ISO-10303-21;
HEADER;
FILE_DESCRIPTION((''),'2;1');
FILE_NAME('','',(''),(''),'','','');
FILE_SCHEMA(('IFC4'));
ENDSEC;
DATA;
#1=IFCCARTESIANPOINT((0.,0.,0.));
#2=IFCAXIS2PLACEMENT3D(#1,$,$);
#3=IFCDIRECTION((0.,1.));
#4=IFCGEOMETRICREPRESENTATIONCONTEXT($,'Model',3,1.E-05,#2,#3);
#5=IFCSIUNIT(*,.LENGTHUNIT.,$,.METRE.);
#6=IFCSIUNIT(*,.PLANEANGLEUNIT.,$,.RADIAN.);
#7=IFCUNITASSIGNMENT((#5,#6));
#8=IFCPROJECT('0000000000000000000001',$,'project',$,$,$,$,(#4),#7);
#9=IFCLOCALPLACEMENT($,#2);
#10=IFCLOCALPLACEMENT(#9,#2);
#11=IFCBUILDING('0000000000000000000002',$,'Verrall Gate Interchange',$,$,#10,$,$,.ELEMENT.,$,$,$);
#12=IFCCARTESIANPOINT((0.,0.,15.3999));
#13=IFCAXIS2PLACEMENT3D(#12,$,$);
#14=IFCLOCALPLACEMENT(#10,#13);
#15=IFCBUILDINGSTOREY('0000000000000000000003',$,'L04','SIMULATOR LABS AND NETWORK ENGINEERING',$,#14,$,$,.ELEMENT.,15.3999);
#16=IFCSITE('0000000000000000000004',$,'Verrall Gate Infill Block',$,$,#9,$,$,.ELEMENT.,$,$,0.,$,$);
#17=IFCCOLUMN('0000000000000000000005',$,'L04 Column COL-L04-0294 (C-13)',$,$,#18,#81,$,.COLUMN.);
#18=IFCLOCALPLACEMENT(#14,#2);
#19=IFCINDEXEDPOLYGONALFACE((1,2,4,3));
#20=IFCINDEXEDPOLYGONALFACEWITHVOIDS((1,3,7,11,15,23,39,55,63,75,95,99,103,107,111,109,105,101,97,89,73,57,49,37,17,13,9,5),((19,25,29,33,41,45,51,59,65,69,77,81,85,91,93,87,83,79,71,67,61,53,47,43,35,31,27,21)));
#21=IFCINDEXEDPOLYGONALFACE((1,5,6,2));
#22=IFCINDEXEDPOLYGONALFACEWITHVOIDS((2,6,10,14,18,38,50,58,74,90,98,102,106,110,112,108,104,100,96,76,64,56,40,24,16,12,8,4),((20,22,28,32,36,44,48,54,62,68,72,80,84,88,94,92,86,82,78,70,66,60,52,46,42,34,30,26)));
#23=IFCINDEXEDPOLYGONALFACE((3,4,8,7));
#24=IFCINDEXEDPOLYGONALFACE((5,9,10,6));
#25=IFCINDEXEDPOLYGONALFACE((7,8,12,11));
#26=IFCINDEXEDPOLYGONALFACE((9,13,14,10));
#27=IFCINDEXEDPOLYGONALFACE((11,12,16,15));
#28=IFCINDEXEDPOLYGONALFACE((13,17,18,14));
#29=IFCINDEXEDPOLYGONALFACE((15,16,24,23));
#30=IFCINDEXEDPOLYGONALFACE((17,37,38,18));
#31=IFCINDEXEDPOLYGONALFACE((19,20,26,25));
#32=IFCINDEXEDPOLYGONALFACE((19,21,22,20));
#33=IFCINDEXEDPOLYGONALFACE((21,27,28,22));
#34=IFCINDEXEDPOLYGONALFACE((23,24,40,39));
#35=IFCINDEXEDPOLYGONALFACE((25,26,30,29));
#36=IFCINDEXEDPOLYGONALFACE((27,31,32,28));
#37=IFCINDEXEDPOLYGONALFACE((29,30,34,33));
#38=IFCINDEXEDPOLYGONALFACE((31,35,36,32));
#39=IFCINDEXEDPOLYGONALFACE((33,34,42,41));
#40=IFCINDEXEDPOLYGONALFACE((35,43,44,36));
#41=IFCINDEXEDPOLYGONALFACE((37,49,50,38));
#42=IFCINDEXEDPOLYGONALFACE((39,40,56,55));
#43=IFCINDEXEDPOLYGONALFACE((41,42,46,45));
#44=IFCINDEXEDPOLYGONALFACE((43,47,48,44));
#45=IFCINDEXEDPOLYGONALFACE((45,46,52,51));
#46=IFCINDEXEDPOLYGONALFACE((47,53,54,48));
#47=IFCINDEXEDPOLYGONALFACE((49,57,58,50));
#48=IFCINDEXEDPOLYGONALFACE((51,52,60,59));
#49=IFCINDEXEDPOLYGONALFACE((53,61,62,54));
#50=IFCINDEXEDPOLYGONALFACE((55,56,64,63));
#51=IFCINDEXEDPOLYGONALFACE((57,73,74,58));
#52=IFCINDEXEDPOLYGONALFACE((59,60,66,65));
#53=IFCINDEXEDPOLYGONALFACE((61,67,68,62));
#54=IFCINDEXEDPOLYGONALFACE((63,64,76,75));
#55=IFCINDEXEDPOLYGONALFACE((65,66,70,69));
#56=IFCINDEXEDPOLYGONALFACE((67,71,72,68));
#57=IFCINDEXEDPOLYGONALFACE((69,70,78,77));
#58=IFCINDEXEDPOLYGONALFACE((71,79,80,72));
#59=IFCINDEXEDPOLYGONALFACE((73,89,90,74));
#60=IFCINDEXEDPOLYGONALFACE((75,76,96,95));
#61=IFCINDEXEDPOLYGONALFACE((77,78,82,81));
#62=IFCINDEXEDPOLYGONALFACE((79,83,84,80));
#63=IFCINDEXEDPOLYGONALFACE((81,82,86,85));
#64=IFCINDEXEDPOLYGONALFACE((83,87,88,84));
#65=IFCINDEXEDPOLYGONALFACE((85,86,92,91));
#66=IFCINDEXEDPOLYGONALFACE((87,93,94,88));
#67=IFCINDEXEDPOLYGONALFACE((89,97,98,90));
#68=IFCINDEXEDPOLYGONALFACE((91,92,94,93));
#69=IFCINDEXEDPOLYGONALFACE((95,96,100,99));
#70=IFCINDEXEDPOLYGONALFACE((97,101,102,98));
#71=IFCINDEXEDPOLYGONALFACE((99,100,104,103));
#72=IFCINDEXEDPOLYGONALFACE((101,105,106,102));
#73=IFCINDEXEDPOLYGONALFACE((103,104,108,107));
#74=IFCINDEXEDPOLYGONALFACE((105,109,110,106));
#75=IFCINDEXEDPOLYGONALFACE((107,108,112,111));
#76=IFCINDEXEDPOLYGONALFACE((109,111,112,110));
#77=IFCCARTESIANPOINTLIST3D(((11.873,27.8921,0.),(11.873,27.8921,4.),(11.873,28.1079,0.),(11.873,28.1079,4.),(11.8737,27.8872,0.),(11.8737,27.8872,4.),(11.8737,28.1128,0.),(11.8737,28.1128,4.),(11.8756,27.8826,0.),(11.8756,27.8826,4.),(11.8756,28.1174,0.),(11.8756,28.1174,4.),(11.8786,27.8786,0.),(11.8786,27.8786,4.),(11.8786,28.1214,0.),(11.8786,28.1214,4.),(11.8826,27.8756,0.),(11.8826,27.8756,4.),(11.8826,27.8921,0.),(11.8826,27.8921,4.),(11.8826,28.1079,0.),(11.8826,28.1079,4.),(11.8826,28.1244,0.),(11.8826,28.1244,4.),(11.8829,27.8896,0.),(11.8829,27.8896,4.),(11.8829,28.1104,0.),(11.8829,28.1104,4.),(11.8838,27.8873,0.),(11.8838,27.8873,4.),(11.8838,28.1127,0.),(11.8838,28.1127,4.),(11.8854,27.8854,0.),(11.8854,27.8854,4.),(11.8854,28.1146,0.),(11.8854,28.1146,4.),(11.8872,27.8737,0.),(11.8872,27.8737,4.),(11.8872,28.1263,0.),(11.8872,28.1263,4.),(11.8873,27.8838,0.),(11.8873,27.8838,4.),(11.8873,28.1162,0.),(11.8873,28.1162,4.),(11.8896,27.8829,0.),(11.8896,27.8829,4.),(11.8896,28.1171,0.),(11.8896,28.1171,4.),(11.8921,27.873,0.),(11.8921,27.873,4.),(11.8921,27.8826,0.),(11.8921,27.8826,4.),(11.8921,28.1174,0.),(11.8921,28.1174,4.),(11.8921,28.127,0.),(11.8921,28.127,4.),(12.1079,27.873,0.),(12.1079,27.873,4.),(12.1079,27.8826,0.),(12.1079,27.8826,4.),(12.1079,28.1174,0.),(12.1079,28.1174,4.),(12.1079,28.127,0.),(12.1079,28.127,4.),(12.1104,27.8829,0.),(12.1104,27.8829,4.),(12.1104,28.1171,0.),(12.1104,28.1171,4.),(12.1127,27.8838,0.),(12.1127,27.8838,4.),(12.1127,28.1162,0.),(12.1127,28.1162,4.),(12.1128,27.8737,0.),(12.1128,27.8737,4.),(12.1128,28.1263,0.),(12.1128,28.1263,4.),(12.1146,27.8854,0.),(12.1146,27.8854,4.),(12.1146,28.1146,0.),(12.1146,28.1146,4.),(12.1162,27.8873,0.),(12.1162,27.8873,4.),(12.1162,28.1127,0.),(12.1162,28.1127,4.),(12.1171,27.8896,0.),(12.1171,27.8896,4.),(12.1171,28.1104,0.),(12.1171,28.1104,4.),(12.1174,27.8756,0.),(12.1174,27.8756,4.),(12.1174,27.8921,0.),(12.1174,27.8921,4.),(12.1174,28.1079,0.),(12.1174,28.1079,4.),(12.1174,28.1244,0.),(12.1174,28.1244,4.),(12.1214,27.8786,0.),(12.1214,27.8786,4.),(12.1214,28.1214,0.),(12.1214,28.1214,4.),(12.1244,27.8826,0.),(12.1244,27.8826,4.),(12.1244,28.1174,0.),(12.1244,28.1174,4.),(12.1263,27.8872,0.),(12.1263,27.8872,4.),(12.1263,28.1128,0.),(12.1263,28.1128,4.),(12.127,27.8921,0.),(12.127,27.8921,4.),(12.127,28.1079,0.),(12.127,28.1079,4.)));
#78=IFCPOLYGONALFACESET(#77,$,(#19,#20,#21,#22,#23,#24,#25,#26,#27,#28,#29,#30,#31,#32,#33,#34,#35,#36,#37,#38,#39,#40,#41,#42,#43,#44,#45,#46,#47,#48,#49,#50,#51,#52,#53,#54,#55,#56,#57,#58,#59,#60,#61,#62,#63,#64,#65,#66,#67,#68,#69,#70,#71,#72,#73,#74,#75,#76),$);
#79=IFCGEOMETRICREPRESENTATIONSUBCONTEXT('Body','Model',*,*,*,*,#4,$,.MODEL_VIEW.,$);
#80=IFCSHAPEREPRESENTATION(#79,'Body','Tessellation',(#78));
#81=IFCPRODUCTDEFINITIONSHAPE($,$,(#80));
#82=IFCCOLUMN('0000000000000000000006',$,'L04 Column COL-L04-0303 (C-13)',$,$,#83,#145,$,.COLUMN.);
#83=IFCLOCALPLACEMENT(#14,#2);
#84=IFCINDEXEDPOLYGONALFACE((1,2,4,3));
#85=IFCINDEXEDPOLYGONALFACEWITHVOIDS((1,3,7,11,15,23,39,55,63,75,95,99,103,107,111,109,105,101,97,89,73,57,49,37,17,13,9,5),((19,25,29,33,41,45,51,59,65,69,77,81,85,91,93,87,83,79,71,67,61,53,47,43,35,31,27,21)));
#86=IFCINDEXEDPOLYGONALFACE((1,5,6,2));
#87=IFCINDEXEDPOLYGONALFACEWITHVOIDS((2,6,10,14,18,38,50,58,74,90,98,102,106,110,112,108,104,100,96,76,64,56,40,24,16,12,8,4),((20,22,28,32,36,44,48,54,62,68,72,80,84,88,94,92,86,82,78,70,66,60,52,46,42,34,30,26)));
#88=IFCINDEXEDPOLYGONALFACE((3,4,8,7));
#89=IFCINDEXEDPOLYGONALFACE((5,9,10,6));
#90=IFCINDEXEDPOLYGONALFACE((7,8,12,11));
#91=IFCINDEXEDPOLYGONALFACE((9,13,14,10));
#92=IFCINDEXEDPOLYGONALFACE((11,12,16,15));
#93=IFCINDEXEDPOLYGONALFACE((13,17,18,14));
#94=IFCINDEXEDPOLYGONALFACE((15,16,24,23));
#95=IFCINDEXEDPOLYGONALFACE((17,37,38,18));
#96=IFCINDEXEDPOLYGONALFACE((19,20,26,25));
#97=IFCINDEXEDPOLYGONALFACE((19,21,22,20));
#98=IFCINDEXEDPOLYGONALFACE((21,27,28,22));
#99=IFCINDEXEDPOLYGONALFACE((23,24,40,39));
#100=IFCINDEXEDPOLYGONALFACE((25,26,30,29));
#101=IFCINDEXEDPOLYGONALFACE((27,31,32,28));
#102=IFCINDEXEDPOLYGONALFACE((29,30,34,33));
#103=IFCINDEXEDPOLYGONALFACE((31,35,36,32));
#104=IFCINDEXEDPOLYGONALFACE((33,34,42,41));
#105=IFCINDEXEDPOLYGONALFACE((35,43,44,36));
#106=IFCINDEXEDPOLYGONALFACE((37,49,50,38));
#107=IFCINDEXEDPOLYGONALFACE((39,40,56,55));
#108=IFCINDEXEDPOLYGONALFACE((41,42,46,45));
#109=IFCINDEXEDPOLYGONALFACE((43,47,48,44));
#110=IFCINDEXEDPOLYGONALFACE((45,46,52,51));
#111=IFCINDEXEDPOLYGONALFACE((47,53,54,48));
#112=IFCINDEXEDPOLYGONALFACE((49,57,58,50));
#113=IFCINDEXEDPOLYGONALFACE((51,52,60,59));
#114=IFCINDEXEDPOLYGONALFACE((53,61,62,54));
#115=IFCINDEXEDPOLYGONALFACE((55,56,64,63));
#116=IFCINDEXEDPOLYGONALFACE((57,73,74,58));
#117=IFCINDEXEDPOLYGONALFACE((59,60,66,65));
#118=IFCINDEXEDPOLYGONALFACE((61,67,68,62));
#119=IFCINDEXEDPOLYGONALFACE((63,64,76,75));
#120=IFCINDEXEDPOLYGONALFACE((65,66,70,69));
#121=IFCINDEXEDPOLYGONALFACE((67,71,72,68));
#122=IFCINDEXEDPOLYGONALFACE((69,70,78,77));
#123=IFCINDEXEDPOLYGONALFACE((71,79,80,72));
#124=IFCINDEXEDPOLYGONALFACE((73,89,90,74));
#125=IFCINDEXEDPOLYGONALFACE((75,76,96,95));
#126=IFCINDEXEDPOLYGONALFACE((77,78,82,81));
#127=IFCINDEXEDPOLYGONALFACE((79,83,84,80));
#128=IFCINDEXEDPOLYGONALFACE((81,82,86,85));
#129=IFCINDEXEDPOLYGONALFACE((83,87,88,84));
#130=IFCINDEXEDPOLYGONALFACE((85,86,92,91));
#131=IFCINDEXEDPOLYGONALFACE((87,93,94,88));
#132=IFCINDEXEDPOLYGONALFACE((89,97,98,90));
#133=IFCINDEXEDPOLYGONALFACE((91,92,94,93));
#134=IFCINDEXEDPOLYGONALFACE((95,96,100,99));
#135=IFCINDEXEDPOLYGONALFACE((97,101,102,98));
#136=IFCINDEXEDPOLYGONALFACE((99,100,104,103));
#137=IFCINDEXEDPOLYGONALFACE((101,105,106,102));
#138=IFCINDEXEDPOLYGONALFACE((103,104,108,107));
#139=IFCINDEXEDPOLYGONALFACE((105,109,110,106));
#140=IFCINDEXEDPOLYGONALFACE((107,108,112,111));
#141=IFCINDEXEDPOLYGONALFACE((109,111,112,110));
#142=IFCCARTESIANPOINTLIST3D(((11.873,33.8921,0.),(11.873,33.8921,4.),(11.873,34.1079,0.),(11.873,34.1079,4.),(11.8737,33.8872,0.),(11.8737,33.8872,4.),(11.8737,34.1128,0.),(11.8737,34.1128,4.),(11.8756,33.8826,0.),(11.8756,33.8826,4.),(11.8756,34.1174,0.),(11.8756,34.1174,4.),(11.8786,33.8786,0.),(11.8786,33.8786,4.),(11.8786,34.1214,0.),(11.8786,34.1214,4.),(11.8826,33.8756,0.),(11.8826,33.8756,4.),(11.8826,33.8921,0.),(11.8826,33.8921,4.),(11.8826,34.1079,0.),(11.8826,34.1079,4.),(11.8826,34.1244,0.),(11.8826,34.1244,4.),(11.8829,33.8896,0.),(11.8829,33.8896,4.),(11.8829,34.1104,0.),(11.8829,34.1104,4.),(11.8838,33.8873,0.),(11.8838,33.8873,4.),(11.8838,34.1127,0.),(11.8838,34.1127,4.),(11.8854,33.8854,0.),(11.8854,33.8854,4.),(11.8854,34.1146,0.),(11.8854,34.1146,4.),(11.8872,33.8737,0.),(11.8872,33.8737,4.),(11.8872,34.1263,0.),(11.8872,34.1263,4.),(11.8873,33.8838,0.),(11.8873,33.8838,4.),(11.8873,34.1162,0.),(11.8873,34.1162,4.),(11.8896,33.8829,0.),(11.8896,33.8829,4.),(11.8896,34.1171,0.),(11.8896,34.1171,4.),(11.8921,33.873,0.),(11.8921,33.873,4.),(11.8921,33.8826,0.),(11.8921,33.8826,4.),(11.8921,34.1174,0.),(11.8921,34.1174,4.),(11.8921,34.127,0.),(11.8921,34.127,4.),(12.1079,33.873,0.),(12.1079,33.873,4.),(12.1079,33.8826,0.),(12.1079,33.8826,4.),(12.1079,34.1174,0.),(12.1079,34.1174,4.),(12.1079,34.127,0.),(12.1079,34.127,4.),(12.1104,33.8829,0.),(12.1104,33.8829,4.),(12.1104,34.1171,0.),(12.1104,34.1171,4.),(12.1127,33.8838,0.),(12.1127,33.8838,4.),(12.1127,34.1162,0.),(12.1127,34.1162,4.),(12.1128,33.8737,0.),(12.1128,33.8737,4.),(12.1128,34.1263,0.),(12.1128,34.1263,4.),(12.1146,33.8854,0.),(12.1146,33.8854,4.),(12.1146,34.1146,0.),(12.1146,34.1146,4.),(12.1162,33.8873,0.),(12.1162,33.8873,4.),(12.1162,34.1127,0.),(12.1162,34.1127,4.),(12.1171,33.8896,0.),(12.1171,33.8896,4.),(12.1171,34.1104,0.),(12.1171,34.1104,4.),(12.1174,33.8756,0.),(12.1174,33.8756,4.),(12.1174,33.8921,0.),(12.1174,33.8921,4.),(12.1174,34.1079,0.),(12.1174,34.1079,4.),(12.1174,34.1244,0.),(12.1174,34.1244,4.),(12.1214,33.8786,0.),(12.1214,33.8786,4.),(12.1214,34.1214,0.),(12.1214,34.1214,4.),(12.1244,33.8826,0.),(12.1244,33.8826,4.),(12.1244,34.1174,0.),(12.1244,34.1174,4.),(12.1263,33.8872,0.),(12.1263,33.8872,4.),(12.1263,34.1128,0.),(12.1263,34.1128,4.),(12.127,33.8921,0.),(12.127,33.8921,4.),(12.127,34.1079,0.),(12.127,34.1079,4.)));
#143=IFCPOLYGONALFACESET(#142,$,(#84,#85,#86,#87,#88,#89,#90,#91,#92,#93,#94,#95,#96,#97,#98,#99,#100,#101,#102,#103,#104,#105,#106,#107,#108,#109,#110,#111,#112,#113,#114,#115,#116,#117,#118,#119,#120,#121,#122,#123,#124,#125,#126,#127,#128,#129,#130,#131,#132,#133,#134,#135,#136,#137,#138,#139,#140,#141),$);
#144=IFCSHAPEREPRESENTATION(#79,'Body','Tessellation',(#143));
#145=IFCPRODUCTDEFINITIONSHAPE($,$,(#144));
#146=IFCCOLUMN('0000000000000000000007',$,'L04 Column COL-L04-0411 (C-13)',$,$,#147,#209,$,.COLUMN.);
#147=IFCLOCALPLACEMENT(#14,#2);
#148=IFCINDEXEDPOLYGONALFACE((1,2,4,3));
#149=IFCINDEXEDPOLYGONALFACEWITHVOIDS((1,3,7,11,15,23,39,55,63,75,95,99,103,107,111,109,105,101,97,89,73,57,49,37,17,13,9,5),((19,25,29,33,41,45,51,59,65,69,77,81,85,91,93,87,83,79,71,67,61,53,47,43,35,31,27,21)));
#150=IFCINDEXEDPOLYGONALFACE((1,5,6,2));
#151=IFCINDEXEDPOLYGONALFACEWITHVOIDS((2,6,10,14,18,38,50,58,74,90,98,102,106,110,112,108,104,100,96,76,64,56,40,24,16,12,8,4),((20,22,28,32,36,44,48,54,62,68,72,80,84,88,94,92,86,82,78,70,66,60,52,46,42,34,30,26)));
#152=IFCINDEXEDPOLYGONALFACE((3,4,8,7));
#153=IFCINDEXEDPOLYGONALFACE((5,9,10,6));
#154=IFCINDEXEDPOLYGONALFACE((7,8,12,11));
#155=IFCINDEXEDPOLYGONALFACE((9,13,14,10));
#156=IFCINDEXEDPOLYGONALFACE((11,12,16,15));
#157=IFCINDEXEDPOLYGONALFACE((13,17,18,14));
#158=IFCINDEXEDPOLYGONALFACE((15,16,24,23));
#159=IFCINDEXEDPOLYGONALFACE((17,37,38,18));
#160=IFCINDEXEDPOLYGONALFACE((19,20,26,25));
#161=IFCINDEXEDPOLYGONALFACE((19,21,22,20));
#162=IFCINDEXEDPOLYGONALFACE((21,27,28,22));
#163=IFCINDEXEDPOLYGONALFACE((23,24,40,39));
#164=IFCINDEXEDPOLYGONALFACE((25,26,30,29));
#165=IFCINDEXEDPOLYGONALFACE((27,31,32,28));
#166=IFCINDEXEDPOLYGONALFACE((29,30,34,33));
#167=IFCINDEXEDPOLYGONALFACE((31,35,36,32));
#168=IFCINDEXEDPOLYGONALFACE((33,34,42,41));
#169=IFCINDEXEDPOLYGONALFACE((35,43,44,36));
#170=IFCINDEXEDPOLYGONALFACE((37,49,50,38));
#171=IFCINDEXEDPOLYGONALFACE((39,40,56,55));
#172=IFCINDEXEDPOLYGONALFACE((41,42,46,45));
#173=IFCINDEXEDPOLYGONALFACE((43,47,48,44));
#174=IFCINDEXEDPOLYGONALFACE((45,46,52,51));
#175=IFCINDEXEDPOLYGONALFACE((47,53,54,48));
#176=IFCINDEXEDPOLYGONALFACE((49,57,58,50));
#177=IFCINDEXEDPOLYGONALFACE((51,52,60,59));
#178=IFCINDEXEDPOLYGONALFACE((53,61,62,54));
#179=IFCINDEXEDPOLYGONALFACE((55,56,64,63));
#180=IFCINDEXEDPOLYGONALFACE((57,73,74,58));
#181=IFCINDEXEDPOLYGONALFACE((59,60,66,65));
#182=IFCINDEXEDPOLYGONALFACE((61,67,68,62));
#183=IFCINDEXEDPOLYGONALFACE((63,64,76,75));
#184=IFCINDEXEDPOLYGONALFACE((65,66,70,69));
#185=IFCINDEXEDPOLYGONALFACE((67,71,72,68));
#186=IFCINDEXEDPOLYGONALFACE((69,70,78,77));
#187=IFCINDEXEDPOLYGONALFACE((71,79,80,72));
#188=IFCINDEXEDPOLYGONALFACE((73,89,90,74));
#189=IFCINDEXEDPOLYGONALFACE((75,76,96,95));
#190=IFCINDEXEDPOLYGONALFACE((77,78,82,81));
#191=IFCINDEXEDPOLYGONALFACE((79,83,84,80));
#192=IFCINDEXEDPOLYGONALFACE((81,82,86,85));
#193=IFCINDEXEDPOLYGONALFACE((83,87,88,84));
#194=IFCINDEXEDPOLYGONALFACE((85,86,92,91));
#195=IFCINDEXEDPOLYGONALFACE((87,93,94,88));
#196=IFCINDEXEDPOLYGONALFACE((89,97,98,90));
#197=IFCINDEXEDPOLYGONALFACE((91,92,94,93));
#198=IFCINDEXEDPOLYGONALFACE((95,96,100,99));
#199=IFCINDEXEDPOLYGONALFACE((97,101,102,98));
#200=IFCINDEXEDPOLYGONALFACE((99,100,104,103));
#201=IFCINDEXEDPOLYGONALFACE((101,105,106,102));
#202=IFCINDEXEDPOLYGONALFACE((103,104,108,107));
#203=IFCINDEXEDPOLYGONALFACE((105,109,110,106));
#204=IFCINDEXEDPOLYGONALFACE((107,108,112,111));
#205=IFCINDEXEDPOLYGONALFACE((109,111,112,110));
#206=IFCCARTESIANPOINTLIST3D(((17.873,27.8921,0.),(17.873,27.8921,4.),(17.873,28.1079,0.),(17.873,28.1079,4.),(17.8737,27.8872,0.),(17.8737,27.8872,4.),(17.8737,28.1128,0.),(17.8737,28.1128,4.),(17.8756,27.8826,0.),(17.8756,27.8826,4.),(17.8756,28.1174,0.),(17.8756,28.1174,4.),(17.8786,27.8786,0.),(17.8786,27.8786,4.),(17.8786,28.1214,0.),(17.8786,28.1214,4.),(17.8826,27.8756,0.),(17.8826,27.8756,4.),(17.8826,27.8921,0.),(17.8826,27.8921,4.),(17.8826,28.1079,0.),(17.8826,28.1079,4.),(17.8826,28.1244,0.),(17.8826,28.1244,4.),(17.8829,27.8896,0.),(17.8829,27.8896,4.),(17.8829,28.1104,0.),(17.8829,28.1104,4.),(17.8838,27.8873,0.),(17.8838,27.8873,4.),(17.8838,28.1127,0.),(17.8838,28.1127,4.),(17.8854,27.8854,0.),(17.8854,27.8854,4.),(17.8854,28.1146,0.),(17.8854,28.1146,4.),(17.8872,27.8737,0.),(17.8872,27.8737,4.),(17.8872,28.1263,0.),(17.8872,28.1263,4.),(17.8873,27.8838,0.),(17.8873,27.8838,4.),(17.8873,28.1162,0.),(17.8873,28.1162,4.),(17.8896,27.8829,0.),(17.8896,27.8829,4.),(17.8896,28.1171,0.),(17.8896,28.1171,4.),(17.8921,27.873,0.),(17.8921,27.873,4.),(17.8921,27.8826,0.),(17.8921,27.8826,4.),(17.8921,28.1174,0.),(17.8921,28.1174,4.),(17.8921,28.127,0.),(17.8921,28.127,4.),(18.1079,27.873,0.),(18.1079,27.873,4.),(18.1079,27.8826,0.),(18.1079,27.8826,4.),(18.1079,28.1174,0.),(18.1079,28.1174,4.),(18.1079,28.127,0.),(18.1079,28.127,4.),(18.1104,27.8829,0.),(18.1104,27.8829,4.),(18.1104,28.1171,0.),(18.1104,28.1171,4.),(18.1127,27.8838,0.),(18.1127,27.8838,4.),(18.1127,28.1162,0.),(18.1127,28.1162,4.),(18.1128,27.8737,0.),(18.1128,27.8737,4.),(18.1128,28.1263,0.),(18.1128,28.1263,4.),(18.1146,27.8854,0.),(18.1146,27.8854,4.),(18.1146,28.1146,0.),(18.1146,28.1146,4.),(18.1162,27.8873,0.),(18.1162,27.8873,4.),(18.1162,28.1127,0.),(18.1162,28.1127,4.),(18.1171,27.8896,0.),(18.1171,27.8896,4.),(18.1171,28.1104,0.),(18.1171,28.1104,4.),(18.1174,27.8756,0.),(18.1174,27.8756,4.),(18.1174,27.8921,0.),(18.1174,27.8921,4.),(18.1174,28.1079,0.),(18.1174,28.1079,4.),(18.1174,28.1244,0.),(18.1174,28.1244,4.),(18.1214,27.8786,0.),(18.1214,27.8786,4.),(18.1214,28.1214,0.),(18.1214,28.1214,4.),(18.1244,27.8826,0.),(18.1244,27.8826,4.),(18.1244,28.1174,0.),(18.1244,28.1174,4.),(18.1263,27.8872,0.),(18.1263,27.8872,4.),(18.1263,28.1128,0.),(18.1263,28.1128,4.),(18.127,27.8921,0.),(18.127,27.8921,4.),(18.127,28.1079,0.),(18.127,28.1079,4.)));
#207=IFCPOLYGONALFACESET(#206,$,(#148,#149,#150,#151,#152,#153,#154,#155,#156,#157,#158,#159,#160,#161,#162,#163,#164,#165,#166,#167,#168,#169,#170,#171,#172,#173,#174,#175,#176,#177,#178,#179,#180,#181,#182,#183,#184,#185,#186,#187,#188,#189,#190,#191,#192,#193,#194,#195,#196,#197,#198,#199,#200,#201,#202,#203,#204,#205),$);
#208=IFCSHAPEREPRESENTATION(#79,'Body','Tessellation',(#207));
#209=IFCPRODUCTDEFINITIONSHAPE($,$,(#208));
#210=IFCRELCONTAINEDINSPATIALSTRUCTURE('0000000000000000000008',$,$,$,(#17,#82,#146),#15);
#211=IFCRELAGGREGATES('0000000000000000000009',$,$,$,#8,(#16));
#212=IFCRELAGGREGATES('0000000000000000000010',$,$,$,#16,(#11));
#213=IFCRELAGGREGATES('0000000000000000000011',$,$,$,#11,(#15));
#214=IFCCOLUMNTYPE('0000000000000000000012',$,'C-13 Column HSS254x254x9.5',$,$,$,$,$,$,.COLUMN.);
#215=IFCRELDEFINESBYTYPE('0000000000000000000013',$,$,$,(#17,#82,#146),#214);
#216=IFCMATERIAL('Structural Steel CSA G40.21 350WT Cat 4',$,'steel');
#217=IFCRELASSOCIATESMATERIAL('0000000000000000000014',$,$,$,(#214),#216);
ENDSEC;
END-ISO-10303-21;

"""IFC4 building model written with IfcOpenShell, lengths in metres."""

from ifc_helpers import new_model, si_unit, direction, frame, origin, origin_2d, place, context, subcontext, project, spatial, hollow_rectangle, extrude, material, material_profile, profile_set, type_object, element, save


model = new_model("IFC4")

# Units and contexts
model_context = context("Model", 3, precision=1e-05, world=origin(), true_north=direction((0.0, 1.0)))
body_context = subcontext(model_context, "Body", "Model", "MODEL_VIEW")
ifc_project = project(units=[si_unit("LENGTHUNIT", "METRE"), si_unit("PLANEANGLEUNIT", "RADIAN")], contexts=[model_context])

# Site, building, storey
site_placement = place(None, origin())
site = spatial("IfcSite", under=ifc_project, at=site_placement, Name="Verrall Gate Infill Block", CompositionType="ELEMENT", RefElevation=0.0)
building_placement = place(site_placement, origin())
building = spatial("IfcBuilding", under=site, at=building_placement, Name="Verrall Gate Interchange", CompositionType="ELEMENT")
storey_placement = place(building_placement, frame((0.0, 0.0, 15.3999)))
storey = spatial("IfcBuildingStorey", under=building, at=storey_placement, Name="L04", Description="SIMULATOR LABS AND NETWORK ENGINEERING", CompositionType="ELEMENT", Elevation=15.3999)

# Columns
ifc_material_1 = material(Name="Structural Steel CSA G40.21 350WT Cat 4", Category="steel")
ifc_material_profile_1 = material_profile(ifc_material_1, hollow_rectangle(XDim=0.2539, YDim=0.2539, WallThickness=0.0095, InnerFilletRadius=0.0095, OuterFilletRadius=0.019, at=origin_2d()), Name="HSS254x254x9.5")
ifc_profile_set_1 = profile_set([ifc_material_profile_1], Name="Structural Steel CSA G40.21 350WT Cat 4")
column_type = type_object("IfcColumnType", Name="C-13 Column HSS254x254x9.5", PredefinedType="COLUMN", material=ifc_profile_set_1)
for number, where, z_axis, x_axis, name in (
    (1, (12.0, 28.0, 0.0), (0.0, 0.0, 1.0), (1.0, 0.0, 0.0), "L04 Column COL-L04-0294 (C-13)"),
    (2, (12.0, 34.0, 0.0), (0.0, 0.0, 1.0), (1.0, 0.0, 0.0), "L04 Column COL-L04-0303 (C-13)"),
    (3, (18.0, 28.0, 0.0), (0.0, 0.0, 1.0), (1.0, 0.0, 0.0), "L04 Column COL-L04-0411 (C-13)"),
):
    element("IfcColumn", number, at=place(storey_placement, frame(where, z_axis=z_axis, x_axis=x_axis)), inside=storey, type_object=column_type, Name=name, PredefinedType="COLUMN", context=body_context, shape_type="SweptSolid", body=[
        extrude(hollow_rectangle(XDim=0.2539, YDim=0.2539, WallThickness=0.0095, InnerFilletRadius=0.0095, OuterFilletRadius=0.019, at=origin_2d()), origin(), (0.0, 0.0, 1.0), 4.0),
    ])

save(model, "model.ifc")
